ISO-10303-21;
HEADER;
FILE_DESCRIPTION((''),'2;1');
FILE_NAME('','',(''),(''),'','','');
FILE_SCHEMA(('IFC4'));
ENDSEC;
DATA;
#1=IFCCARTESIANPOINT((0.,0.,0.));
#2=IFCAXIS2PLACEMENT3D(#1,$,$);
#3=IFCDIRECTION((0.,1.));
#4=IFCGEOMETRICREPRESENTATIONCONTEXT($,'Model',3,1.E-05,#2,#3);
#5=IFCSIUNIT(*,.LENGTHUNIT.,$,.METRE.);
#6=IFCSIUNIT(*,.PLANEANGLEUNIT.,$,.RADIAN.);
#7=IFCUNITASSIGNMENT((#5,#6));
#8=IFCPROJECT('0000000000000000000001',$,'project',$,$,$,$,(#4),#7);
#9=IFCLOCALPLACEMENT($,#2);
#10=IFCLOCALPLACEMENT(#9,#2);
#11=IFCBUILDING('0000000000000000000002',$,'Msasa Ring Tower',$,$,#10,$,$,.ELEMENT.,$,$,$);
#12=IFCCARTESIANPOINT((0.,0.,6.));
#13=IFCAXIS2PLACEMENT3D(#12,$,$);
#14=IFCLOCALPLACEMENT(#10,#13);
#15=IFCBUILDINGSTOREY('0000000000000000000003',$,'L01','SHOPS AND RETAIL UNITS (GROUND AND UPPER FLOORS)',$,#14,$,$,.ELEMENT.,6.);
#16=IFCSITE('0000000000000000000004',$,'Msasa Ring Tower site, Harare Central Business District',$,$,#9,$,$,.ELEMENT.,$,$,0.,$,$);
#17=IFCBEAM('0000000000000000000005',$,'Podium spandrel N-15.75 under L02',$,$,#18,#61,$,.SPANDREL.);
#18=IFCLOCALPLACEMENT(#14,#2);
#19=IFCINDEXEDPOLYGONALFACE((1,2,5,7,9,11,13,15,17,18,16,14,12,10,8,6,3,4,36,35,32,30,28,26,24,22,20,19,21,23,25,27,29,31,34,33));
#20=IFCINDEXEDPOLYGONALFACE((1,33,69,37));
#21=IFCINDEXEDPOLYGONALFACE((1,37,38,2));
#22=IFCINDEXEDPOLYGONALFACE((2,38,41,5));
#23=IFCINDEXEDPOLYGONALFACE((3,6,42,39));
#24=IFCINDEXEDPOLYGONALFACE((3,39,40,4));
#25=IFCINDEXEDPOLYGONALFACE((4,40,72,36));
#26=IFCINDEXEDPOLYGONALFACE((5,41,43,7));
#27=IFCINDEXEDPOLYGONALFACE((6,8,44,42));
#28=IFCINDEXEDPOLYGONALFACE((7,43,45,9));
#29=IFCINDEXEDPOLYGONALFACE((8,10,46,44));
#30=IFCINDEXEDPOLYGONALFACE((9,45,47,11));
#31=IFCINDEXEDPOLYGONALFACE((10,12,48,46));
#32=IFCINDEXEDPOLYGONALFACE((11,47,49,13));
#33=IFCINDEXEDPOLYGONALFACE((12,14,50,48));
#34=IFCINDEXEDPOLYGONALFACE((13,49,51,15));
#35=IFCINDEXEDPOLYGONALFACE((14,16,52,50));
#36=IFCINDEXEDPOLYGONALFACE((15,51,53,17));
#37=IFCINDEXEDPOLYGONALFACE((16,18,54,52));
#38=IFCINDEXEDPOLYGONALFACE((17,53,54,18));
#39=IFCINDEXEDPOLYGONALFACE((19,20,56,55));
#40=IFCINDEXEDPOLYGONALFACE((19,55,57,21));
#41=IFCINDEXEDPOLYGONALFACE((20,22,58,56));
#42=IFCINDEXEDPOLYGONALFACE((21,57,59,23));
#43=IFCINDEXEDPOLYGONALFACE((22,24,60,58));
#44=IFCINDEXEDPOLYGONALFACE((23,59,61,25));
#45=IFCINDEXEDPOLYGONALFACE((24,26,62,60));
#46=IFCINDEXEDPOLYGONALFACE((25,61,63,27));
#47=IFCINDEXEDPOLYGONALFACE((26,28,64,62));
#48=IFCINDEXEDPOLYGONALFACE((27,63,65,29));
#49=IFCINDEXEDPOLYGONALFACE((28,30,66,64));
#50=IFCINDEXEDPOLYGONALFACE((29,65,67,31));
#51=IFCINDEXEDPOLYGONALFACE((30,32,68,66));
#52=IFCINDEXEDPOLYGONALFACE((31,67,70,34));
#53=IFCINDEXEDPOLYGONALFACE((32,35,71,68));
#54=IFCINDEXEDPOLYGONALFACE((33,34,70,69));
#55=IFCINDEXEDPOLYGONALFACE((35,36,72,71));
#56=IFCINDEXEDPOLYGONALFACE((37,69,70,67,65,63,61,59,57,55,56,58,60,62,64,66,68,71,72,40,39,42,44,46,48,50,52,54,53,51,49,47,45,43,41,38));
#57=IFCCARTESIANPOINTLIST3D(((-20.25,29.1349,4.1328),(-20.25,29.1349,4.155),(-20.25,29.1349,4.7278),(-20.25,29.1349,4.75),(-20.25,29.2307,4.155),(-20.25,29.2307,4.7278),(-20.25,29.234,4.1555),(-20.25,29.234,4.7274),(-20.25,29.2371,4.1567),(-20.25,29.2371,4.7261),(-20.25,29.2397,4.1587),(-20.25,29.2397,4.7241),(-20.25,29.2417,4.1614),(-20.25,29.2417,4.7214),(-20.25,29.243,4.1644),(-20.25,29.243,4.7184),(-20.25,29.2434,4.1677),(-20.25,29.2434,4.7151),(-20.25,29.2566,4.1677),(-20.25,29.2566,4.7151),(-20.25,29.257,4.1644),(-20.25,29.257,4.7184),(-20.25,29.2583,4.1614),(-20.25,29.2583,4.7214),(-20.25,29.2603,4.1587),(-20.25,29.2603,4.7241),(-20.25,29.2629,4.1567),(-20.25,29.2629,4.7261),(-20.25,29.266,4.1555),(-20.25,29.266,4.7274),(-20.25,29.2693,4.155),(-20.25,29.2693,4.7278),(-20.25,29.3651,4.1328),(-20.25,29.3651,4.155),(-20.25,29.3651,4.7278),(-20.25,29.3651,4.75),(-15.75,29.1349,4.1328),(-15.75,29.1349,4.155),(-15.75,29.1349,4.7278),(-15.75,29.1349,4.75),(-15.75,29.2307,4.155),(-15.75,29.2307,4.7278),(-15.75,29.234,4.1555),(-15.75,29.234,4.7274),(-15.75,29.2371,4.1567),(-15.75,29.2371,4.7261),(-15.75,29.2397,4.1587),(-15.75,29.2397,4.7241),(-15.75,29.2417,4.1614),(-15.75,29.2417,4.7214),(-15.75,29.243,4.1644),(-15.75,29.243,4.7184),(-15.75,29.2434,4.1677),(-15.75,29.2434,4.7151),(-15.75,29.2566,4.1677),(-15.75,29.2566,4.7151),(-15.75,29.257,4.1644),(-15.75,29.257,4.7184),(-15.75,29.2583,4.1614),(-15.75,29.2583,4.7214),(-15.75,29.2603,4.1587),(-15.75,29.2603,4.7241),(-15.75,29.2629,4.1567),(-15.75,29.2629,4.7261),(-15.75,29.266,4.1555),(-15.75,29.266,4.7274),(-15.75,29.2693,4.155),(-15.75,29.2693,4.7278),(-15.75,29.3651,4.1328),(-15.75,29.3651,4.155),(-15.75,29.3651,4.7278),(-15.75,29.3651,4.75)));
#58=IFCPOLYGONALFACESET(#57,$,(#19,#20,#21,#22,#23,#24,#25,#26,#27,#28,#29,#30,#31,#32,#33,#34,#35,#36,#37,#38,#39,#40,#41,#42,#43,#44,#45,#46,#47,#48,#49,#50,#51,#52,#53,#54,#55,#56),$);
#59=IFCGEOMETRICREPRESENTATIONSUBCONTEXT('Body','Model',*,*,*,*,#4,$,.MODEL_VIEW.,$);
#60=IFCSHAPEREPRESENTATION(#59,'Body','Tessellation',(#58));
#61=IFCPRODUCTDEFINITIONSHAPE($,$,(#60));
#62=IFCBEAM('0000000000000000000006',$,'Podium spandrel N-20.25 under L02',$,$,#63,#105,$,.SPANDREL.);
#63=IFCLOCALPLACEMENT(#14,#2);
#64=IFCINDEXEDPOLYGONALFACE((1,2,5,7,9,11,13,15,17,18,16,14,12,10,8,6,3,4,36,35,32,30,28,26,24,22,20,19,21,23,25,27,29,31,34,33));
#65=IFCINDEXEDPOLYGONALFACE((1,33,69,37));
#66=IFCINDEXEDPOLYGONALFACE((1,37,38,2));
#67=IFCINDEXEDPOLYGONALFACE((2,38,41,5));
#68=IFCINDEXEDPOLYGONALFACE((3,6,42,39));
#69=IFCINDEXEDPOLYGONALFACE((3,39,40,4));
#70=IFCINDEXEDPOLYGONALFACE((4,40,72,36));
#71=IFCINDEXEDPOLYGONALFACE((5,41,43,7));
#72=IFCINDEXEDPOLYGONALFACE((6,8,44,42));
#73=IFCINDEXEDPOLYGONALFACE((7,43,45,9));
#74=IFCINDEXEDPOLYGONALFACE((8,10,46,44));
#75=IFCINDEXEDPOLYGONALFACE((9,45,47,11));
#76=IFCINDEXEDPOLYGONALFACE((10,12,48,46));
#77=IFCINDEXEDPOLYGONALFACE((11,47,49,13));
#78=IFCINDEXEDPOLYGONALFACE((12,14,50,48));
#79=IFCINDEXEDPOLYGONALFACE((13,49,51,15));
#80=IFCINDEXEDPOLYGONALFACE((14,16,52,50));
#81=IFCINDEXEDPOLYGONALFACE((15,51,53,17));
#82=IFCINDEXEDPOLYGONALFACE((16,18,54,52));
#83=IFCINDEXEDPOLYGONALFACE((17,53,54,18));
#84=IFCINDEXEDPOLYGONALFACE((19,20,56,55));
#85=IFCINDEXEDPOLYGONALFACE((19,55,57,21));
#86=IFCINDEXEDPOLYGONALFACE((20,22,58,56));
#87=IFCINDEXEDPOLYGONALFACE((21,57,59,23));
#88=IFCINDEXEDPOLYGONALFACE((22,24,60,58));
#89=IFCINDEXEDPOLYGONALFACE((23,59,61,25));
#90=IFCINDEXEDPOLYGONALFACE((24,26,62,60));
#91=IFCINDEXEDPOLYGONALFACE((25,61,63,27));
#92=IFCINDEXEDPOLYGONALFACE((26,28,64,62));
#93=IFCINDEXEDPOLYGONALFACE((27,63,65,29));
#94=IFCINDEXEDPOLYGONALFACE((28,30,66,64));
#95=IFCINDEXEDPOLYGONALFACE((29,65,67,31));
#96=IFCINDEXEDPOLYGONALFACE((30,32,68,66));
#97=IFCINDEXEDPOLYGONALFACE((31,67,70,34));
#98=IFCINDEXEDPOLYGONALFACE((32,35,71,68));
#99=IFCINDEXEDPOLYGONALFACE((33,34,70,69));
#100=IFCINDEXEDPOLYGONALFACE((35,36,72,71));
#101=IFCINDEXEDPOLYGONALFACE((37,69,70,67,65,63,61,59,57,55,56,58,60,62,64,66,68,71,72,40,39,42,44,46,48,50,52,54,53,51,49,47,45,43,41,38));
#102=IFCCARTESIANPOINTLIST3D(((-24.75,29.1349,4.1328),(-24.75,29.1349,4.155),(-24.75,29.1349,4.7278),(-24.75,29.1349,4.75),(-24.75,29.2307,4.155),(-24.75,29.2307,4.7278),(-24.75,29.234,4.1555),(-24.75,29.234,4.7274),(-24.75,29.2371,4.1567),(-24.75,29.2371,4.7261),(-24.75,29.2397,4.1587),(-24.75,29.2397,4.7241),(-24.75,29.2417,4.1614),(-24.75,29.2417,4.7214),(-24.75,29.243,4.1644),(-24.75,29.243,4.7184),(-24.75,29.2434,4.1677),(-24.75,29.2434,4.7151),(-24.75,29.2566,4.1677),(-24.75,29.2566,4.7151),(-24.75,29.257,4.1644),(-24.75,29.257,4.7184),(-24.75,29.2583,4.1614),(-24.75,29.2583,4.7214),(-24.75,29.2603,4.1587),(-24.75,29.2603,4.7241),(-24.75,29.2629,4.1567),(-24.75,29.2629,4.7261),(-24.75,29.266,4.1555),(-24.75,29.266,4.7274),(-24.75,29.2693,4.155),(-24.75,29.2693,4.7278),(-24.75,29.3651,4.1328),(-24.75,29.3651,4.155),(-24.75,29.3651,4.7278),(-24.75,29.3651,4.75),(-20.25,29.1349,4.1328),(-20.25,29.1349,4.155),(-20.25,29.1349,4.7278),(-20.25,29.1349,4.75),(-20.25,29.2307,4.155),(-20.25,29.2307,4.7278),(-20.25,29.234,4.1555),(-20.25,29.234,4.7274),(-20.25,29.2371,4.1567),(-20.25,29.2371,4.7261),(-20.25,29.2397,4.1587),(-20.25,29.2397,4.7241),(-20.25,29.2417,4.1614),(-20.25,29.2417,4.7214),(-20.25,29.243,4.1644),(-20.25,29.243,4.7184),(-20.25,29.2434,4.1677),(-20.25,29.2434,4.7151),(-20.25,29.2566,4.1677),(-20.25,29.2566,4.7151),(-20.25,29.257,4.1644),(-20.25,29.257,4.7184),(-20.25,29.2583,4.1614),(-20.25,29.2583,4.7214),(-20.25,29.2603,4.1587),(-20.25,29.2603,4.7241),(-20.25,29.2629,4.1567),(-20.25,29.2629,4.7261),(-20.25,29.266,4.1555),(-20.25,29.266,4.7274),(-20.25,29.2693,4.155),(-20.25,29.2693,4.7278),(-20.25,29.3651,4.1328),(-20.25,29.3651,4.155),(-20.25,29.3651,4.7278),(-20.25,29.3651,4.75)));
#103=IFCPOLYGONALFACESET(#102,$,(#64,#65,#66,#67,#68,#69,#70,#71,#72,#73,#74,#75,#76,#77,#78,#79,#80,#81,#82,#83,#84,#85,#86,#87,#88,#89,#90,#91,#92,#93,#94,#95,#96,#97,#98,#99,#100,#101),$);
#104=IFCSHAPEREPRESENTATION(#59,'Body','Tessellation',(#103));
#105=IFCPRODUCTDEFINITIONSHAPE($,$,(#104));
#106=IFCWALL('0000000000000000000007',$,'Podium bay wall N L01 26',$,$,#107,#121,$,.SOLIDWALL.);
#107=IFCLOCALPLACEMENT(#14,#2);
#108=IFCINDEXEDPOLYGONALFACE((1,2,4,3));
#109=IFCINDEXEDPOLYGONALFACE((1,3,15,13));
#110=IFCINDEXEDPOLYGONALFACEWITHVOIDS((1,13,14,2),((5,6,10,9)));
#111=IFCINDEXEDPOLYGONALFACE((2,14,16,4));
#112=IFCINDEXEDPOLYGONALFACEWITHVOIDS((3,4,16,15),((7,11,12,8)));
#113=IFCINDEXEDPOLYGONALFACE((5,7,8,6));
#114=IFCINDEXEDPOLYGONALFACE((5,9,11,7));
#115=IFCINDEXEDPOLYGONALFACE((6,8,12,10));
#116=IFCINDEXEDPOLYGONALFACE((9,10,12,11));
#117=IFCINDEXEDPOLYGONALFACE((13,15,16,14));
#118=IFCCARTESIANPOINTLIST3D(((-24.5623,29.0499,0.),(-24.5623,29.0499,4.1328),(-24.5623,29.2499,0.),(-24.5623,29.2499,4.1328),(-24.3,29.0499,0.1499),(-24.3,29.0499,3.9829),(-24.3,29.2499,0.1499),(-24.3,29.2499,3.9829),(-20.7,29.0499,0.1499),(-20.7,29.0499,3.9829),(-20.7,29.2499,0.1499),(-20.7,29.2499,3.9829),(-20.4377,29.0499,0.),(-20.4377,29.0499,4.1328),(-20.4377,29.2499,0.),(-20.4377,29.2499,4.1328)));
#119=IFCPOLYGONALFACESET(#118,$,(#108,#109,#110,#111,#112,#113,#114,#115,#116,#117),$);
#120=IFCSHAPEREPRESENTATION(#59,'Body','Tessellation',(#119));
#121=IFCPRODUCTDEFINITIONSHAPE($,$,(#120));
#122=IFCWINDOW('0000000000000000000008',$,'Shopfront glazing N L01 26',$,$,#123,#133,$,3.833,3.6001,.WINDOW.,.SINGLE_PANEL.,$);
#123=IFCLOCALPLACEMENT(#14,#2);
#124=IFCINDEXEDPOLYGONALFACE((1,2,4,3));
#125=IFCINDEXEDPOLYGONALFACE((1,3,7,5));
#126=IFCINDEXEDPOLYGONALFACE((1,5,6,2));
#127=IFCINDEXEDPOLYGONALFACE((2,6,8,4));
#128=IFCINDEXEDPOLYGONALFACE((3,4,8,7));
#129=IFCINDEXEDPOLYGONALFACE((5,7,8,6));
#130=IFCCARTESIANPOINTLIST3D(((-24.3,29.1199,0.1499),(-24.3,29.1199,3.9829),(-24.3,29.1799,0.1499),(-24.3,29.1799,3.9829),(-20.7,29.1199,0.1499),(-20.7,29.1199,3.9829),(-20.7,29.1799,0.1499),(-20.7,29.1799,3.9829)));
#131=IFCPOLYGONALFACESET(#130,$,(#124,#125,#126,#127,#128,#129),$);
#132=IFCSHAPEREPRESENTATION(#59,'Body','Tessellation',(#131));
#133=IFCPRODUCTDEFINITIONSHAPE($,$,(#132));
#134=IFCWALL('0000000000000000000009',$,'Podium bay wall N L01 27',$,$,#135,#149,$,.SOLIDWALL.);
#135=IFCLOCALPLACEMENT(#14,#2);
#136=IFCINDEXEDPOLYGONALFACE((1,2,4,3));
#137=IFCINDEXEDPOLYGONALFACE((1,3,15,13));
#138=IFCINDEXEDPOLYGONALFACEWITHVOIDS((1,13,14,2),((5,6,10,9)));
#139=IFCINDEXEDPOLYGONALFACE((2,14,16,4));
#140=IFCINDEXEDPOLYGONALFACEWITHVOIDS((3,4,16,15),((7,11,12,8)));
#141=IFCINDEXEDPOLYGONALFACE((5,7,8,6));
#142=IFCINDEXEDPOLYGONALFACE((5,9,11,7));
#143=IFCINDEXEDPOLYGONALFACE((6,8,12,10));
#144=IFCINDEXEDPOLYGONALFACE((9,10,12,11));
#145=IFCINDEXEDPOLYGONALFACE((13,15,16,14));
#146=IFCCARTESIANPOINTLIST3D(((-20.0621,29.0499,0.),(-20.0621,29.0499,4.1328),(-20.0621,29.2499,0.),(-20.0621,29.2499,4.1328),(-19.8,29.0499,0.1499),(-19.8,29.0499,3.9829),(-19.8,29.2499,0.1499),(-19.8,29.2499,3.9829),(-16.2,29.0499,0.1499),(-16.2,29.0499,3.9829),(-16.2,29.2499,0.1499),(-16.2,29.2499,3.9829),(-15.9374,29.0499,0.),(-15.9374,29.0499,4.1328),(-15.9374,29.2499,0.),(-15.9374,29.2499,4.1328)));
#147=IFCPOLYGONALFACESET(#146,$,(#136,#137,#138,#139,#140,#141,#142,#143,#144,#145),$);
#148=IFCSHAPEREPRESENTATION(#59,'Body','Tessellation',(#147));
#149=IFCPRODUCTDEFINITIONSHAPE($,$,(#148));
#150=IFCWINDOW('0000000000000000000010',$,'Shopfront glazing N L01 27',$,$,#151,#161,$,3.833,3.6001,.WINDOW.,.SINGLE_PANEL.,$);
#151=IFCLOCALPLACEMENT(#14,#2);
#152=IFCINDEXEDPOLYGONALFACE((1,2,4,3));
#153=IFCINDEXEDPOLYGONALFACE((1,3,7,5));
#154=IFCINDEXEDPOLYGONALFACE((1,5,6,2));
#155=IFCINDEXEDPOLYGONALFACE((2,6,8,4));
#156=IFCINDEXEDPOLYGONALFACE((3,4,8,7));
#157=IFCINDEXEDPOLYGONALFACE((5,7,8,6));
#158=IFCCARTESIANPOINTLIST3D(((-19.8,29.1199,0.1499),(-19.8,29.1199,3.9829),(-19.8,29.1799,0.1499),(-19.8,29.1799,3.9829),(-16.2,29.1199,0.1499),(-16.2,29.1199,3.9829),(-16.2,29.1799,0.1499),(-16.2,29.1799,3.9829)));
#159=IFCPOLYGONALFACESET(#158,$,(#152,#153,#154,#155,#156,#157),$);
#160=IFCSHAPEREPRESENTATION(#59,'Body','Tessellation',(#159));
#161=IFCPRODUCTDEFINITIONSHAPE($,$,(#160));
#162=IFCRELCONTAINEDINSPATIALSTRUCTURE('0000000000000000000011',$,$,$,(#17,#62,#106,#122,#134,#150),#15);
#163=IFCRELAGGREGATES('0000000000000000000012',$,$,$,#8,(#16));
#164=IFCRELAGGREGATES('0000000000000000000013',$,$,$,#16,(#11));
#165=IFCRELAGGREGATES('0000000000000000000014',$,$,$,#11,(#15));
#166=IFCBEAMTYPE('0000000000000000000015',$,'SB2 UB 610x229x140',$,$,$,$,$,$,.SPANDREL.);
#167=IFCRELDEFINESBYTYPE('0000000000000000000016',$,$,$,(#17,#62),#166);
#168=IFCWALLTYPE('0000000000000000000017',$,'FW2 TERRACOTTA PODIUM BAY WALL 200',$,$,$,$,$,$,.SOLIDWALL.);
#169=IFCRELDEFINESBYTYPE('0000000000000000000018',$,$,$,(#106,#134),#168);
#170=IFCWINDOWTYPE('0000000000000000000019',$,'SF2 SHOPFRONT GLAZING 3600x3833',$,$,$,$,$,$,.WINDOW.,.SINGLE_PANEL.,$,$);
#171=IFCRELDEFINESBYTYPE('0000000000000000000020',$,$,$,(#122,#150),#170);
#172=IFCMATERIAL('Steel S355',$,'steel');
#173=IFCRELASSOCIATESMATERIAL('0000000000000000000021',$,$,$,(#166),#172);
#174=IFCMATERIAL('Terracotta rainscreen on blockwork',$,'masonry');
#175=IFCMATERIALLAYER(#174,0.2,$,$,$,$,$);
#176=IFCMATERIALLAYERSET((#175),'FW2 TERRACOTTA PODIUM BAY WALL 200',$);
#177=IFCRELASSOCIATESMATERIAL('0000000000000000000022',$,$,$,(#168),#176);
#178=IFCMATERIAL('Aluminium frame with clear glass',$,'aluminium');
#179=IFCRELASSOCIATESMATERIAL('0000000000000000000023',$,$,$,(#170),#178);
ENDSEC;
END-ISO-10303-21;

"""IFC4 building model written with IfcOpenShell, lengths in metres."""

from ifc_helpers import new_model, si_unit, direction, frame, frame_2d, origin, origin_2d, place, context, subcontext, project, spatial, rectangle, i_section, extrude, material, layer, layer_set, material_profile, profile_set, type_object, element, fill, save


model = new_model("IFC4")

# Units and contexts
model_context = context("Model", 3, precision=1e-05, world=origin(), true_north=direction((0.0, 1.0)))
body_context = subcontext(model_context, "Body", "Model", "MODEL_VIEW")
ifc_project = project(units=[si_unit("LENGTHUNIT", "METRE"), si_unit("PLANEANGLEUNIT", "RADIAN")], contexts=[model_context])

# Site, building, storey
site_placement = place(None, origin())
site = spatial("IfcSite", under=ifc_project, at=site_placement, Name="Msasa Ring Tower site, Harare Central Business District", CompositionType="ELEMENT", RefElevation=0.0)
building_placement = place(site_placement, origin())
building = spatial("IfcBuilding", under=site, at=building_placement, Name="Msasa Ring Tower", CompositionType="ELEMENT")
storey_placement = place(building_placement, frame((0.0, 0.0, 6.0)))
storey = spatial("IfcBuildingStorey", under=building, at=storey_placement, Name="L01", Description="SHOPS AND RETAIL UNITS (GROUND AND UPPER FLOORS)", CompositionType="ELEMENT", Elevation=6.0)

# Beams
ifc_material_1 = material(Name="Steel S355", Category="steel")
ifc_material_profile_1 = material_profile(ifc_material_1, i_section(OverallWidth=0.2302, OverallDepth=0.6172, WebThickness=0.0132, FlangeThickness=0.0222, FilletRadius=0.0127, at=origin_2d()), Name="UB 610x229x140")
ifc_profile_set_1 = profile_set([ifc_material_profile_1], Name="Steel S355")
beam_type_1 = type_object("IfcBeamType", Name="SB2 UB 610x229x140", PredefinedType="SPANDREL", material=ifc_profile_set_1)
for number, where, z_axis, x_axis, name in (
    (1, (-15.75, 29.25, 4.4414), (-1.0, 0.0, 0.0), (0.0, -1.0, 0.0), "Podium spandrel N-15.75 under L02"),
    (2, (-20.25, 29.25, 4.4414), (-1.0, 0.0, 0.0), (0.0, -1.0, 0.0), "Podium spandrel N-20.25 under L02"),
):
    element("IfcBeam", number, at=place(storey_placement, frame(where, z_axis=z_axis, x_axis=x_axis)), inside=storey, type_object=beam_type_1, Name=name, PredefinedType="SPANDREL", context=body_context, shape_type="SweptSolid", body=[
        extrude(i_section(OverallWidth=0.2302, OverallDepth=0.6172, WebThickness=0.0132, FlangeThickness=0.0222, FilletRadius=0.0127, at=origin_2d()), origin(), (0.0, 0.0, 1.0), 4.5),
    ])

# Walls, openings, windows
ifc_material_2 = material(Name="Terracotta rainscreen on blockwork", Category="masonry")
ifc_layer = layer(ifc_material_2, 0.2)
ifc_layer_set = layer_set([ifc_layer], Name="FW2 TERRACOTTA PODIUM BAY WALL 200")
wall_type = type_object("IfcWallType", Name="FW2 TERRACOTTA PODIUM BAY WALL 200", PredefinedType="SOLIDWALL", material=ifc_layer_set)
wall_1_placement = place(storey_placement, frame((-24.5623, 29.1499, 0.0), z_axis=(0.0, 0.0, 1.0), x_axis=(1.0, 0.0, 0.0)))
wall_1 = element("IfcWall", 3, at=wall_1_placement, inside=storey, type_object=wall_type, Name="Podium bay wall N L01 26", PredefinedType="SOLIDWALL", context=body_context, shape_type="SweptSolid", body=[
    extrude(rectangle(XDim=4.1245, YDim=0.2, at=frame_2d((2.0623, 0.0))), origin(), (0.0, 0.0, 1.0), 4.1328),
])
opening_1_placement = place(wall_1_placement, frame((0.2622, 0.0, 0.1499)))
opening_1 = element("IfcOpeningElement", 4, at=opening_1_placement, cuts=wall_1, PredefinedType="OPENING", context=body_context, shape_type="SweptSolid", body=[
    extrude(rectangle(XDim=3.6001, YDim=3.833, at=frame_2d((1.8, 1.9165))), frame((0.0, 0.1099, 0.0), z_axis=(0.0, -1.0, 0.0), x_axis=(1.0, 0.0, 0.0)), (0.0, 0.0, 1.0), 0.22),
])
ifc_material_3 = material(Name="Aluminium frame with clear glass", Category="aluminium")
window_type = type_object("IfcWindowType", Name="SF2 SHOPFRONT GLAZING 3600x3833", PartitioningType="SINGLE_PANEL", PredefinedType="WINDOW", material=ifc_material_3)
window_1_placement = place(opening_1_placement, origin())
window_1 = element("IfcWindow", 5, at=window_1_placement, inside=storey, type_object=window_type, Name="Shopfront glazing N L01 26", OverallHeight=3.833, OverallWidth=3.6001, PartitioningType="SINGLE_PANEL", PredefinedType="WINDOW", context=body_context, shape_type="SweptSolid", body=[
    extrude(rectangle(XDim=3.6001, YDim=3.833, at=frame_2d((1.8, 1.9165))), frame((0.0, 0.03, 0.0), z_axis=(0.0, -1.0, 0.0), x_axis=(1.0, 0.0, 0.0)), (0.0, 0.0, 1.0), 0.0601),
])
fill(opening_1, window_1)
wall_2_placement = place(storey_placement, frame((-20.0623, 29.1499, 0.0), z_axis=(0.0, 0.0, 1.0), x_axis=(1.0, 0.0, 0.0)))
wall_2 = element("IfcWall", 6, at=wall_2_placement, inside=storey, type_object=wall_type, Name="Podium bay wall N L01 27", PredefinedType="SOLIDWALL", context=body_context, shape_type="SweptSolid", body=[
    extrude(rectangle(XDim=4.1248, YDim=0.2, at=frame_2d((2.0625, 0.0))), origin(), (0.0, 0.0, 1.0), 4.1328),
])
opening_2_placement = place(wall_2_placement, frame((0.2622, 0.0, 0.1499)))
opening_2 = element("IfcOpeningElement", 7, at=opening_2_placement, cuts=wall_2, PredefinedType="OPENING", context=body_context, shape_type="SweptSolid", body=[
    extrude(rectangle(XDim=3.6001, YDim=3.833, at=frame_2d((1.8, 1.9165))), frame((0.0, 0.1099, 0.0), z_axis=(0.0, -1.0, 0.0), x_axis=(1.0, 0.0, 0.0)), (0.0, 0.0, 1.0), 0.22),
])
window_2_placement = place(opening_2_placement, origin())
window_2 = element("IfcWindow", 8, at=window_2_placement, inside=storey, type_object=window_type, Name="Shopfront glazing N L01 27", OverallHeight=3.833, OverallWidth=3.6001, PartitioningType="SINGLE_PANEL", PredefinedType="WINDOW", context=body_context, shape_type="SweptSolid", body=[
    extrude(rectangle(XDim=3.6001, YDim=3.833, at=frame_2d((1.8, 1.9165))), frame((0.0, 0.03, 0.0), z_axis=(0.0, -1.0, 0.0), x_axis=(1.0, 0.0, 0.0)), (0.0, 0.0, 1.0), 0.0601),
])
fill(opening_2, window_2)

save(model, "model.ifc")
